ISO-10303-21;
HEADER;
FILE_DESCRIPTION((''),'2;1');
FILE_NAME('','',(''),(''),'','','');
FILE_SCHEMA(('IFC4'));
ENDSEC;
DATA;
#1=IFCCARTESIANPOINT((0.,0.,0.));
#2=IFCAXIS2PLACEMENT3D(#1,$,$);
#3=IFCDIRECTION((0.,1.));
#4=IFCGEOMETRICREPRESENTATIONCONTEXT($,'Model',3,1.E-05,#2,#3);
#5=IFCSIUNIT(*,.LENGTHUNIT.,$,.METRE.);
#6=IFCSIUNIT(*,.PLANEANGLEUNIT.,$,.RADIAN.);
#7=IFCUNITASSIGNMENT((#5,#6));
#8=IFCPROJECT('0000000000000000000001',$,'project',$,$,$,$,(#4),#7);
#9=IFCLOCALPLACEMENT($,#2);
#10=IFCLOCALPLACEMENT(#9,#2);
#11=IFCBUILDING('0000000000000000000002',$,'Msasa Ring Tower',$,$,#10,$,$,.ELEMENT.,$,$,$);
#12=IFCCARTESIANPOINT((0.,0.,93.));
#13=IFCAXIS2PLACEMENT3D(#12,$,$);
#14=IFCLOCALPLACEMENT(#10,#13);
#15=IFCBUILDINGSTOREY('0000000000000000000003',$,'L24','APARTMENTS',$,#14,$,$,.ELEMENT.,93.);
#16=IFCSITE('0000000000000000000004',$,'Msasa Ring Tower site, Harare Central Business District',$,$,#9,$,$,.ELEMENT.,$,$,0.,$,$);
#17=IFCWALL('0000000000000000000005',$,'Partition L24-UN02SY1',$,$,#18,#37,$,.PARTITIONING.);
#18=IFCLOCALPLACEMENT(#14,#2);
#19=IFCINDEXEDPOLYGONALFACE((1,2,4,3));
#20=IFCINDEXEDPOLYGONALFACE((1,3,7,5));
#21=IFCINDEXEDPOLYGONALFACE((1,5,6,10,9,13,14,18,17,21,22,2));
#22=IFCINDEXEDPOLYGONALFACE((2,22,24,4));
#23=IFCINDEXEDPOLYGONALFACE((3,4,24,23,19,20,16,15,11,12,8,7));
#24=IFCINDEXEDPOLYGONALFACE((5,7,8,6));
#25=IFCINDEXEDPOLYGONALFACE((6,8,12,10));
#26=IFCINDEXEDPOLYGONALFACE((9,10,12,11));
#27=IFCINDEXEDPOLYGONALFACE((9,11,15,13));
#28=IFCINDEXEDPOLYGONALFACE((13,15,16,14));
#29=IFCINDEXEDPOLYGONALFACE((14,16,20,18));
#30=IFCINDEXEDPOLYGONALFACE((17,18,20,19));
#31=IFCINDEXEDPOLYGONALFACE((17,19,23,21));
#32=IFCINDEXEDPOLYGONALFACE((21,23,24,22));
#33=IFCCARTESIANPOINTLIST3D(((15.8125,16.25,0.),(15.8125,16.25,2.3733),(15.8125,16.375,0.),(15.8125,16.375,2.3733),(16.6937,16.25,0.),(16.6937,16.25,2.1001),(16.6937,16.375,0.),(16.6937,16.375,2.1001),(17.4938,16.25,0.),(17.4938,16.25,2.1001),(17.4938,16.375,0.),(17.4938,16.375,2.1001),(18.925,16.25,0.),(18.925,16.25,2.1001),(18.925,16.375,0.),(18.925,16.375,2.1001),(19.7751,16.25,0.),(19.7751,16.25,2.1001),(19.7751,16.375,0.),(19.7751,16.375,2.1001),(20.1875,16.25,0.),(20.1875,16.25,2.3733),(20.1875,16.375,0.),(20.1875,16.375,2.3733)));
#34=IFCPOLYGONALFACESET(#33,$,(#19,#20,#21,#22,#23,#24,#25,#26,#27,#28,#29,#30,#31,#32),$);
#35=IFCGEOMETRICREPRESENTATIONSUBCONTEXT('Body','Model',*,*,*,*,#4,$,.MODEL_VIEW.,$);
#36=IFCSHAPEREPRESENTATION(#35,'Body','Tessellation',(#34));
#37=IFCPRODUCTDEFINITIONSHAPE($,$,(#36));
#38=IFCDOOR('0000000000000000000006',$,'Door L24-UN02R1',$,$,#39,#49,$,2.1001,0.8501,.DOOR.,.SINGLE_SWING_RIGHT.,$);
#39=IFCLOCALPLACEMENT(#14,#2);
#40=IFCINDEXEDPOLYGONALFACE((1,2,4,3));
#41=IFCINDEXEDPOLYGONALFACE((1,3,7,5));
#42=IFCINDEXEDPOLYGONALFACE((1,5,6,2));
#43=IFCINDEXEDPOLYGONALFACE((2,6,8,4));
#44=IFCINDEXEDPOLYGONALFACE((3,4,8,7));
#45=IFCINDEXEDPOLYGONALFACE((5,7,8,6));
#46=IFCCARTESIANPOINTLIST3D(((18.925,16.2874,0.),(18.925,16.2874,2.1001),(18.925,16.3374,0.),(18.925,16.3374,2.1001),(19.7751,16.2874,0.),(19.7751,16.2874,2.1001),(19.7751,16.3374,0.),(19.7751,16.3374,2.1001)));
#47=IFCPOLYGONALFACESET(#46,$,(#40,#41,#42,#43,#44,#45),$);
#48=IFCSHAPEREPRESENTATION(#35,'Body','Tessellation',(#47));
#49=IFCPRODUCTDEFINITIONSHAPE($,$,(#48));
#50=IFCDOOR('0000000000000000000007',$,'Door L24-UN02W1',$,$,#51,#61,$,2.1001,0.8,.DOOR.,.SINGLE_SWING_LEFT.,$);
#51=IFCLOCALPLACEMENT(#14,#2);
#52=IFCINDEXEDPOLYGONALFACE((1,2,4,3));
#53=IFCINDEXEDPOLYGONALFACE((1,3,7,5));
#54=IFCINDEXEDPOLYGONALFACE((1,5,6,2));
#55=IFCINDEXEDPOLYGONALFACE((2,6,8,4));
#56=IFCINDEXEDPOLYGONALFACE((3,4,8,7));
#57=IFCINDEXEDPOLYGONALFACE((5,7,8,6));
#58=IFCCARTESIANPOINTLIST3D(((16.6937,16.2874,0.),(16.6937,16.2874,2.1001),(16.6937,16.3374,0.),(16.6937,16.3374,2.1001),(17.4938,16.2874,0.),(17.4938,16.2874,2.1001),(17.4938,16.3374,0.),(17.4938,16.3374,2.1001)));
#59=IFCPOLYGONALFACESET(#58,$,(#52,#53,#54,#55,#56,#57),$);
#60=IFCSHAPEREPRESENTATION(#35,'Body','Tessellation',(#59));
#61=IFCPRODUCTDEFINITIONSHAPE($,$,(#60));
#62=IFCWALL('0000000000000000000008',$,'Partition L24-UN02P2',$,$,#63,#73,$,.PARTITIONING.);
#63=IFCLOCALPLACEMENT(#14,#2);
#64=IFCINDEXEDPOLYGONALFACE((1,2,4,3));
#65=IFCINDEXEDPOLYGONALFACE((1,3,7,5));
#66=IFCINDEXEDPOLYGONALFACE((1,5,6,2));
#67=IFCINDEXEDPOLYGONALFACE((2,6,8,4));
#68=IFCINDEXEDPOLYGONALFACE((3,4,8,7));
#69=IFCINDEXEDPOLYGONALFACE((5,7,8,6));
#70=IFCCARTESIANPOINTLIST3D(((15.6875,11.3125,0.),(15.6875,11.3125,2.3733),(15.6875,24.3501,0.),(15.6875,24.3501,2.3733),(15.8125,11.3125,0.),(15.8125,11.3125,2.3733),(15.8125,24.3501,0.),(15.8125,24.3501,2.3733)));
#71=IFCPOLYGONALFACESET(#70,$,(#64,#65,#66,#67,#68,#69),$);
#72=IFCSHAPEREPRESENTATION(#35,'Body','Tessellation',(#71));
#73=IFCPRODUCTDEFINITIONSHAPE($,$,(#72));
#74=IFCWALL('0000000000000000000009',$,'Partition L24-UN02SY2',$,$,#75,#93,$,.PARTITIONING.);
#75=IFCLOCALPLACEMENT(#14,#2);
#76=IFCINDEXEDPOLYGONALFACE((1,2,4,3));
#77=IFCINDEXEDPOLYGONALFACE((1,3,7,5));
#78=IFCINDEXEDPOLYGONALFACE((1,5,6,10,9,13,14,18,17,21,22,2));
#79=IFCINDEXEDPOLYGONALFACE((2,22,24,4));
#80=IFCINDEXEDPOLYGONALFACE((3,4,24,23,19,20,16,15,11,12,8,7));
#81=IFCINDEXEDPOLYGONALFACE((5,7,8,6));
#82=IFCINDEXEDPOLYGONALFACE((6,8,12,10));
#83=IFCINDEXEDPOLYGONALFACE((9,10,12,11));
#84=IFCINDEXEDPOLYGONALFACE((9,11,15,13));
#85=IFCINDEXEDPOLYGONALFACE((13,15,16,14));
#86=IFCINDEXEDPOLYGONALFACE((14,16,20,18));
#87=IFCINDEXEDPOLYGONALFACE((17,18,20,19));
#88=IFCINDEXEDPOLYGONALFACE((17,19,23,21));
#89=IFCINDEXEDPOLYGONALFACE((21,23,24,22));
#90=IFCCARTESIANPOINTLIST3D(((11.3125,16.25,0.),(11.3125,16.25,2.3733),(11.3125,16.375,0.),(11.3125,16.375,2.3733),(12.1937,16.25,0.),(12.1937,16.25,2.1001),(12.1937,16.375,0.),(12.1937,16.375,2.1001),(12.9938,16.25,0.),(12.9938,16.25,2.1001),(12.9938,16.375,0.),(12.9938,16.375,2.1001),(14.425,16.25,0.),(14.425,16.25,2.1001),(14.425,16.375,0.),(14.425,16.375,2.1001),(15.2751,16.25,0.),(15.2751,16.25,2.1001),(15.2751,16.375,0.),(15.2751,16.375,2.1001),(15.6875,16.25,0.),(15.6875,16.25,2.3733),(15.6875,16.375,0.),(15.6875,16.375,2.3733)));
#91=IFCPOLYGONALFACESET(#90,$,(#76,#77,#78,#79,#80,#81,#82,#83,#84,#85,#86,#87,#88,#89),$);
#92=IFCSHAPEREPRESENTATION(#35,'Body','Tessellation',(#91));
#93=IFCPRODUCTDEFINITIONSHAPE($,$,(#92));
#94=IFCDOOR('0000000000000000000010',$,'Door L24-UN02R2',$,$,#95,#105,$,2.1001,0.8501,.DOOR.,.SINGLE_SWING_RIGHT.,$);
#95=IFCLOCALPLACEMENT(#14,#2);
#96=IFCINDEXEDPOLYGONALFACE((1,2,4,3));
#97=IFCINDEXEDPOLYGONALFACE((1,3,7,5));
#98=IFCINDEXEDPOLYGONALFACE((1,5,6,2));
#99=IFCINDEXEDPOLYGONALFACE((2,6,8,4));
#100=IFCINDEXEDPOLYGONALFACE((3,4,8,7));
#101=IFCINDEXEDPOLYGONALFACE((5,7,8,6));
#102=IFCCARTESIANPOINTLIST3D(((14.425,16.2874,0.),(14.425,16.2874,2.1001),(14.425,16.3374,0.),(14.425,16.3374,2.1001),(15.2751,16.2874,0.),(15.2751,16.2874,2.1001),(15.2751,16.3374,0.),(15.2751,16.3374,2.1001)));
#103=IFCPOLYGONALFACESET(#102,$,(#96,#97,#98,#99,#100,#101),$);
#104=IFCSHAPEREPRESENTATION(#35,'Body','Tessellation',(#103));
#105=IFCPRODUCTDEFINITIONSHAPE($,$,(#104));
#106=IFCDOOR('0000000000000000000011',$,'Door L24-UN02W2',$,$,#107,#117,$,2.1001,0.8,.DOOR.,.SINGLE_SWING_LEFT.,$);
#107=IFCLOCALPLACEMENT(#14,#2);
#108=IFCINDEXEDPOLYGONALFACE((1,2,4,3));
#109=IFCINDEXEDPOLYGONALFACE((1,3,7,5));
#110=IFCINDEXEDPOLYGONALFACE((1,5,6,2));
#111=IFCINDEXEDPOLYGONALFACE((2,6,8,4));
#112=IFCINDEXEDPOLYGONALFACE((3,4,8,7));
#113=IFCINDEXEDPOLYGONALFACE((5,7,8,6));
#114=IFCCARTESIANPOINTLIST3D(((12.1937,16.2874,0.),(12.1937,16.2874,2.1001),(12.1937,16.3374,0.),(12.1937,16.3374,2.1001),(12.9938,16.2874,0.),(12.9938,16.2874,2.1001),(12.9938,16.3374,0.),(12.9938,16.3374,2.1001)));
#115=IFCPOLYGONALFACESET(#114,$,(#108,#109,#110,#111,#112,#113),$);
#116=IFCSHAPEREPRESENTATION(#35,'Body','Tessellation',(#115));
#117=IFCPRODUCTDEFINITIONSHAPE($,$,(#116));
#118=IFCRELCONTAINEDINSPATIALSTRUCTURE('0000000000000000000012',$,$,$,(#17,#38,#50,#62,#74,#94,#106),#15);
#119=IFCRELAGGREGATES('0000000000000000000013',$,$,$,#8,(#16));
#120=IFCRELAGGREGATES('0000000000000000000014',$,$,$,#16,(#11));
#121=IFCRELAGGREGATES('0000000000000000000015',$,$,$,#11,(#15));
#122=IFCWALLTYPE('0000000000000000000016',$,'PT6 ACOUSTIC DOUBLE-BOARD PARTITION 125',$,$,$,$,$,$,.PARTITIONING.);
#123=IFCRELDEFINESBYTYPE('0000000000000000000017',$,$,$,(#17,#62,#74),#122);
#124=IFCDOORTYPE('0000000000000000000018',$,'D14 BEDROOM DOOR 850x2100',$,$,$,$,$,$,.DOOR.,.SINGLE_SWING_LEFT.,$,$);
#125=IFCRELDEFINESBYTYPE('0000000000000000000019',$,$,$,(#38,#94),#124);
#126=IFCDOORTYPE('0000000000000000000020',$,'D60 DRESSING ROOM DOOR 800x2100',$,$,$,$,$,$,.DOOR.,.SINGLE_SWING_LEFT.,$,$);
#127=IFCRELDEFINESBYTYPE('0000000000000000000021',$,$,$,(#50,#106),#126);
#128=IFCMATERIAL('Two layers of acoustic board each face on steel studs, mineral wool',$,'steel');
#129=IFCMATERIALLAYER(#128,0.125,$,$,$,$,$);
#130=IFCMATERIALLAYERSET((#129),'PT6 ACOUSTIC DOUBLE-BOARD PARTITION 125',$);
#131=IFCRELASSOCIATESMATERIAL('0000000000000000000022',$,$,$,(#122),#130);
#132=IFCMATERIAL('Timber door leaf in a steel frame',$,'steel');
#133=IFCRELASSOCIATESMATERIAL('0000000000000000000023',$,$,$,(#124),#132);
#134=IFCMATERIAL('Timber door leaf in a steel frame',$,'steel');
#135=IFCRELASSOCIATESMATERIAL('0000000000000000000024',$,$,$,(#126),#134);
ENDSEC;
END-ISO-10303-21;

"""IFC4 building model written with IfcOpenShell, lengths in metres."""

from ifc_helpers import new_model, si_unit, direction, frame, frame_2d, origin, place, context, subcontext, project, spatial, rectangle, extrude, material, layer, layer_set, type_object, element, fill, save


model = new_model("IFC4")

# Units and contexts
model_context = context("Model", 3, precision=1e-05, world=origin(), true_north=direction((0.0, 1.0)))
body_context = subcontext(model_context, "Body", "Model", "MODEL_VIEW")
ifc_project = project(units=[si_unit("LENGTHUNIT", "METRE"), si_unit("PLANEANGLEUNIT", "RADIAN")], contexts=[model_context])

# Site, building, storey
site_placement = place(None, origin())
site = spatial("IfcSite", under=ifc_project, at=site_placement, Name="Msasa Ring Tower site, Harare Central Business District", CompositionType="ELEMENT", RefElevation=0.0)
building_placement = place(site_placement, origin())
building = spatial("IfcBuilding", under=site, at=building_placement, Name="Msasa Ring Tower", CompositionType="ELEMENT")
storey_placement = place(building_placement, frame((0.0, 0.0, 93.0)))
storey = spatial("IfcBuildingStorey", under=building, at=storey_placement, Name="L24", Description="APARTMENTS", CompositionType="ELEMENT", Elevation=93.0)

# Shared definitions
ifc_material_1 = material(Name="Two layers of acoustic board each face on steel studs, mineral wool", Category="steel")
ifc_layer_1 = layer(ifc_material_1, 0.125)
ifc_layer_set_1 = layer_set([ifc_layer_1], Name="PT6 ACOUSTIC DOUBLE-BOARD PARTITION 125")
wall_type_1 = type_object("IfcWallType", Name="PT6 ACOUSTIC DOUBLE-BOARD PARTITION 125", PredefinedType="PARTITIONING", material=ifc_layer_set_1)

# Wall, openings, doors
wall_1_placement = place(storey_placement, frame((15.8125, 16.3125, 0.0), z_axis=(0.0, 0.0, 1.0), x_axis=(1.0, 0.0, 0.0)))
wall_1 = element("IfcWall", 1, at=wall_1_placement, inside=storey, type_object=wall_type_1, Name="Partition L24-UN02SY1", PredefinedType="PARTITIONING", context=body_context, shape_type="SweptSolid", body=[
    extrude(rectangle(XDim=4.375, YDim=0.125, at=frame_2d((2.1875, 0.0))), origin(), (0.0, 0.0, 1.0), 2.3733),
])
opening_1_placement = place(wall_1_placement, frame((3.1125, 0.0, 0.0)))
opening_1 = element("IfcOpeningElement", 2, at=opening_1_placement, cuts=wall_1, PredefinedType="OPENING", context=body_context, shape_type="SweptSolid", body=[
    extrude(rectangle(XDim=0.8501, YDim=2.1001, at=frame_2d((0.425, 1.05))), frame((0.0, 0.0725, 0.0), z_axis=(0.0, -1.0, 0.0), x_axis=(1.0, 0.0, 0.0)), (0.0, 0.0, 1.0), 0.145),
])
opening_2_placement = place(wall_1_placement, frame((0.8813, 0.0, 0.0)))
opening_2 = element("IfcOpeningElement", 3, at=opening_2_placement, cuts=wall_1, PredefinedType="OPENING", context=body_context, shape_type="SweptSolid", body=[
    extrude(rectangle(XDim=0.8, YDim=2.1001, at=frame_2d((0.3999, 1.05))), frame((0.0, 0.0725, 0.0), z_axis=(0.0, -1.0, 0.0), x_axis=(1.0, 0.0, 0.0)), (0.0, 0.0, 1.0), 0.145),
])
ifc_material_2 = material(Name="Timber door leaf in a steel frame", Category="steel")
door_type_1 = type_object("IfcDoorType", Name="D14 BEDROOM DOOR 850x2100", OperationType="SINGLE_SWING_LEFT", PredefinedType="DOOR", material=ifc_material_2)
door_1_placement = place(opening_1_placement, origin())
door_1 = element("IfcDoor", 4, at=door_1_placement, inside=storey, type_object=door_type_1, Name="Door L24-UN02R1", OperationType="SINGLE_SWING_RIGHT", OverallHeight=2.1001, OverallWidth=0.8501, PredefinedType="DOOR", context=body_context, shape_type="SweptSolid", body=[
    extrude(rectangle(XDim=0.8501, YDim=2.1001, at=frame_2d((0.425, 1.05))), frame((0.0, 0.0249, 0.0), z_axis=(0.0, -1.0, 0.0), x_axis=(1.0, 0.0, 0.0)), (0.0, 0.0, 1.0), 0.05),
])
fill(opening_1, door_1)
ifc_material_3 = material(Name="Timber door leaf in a steel frame", Category="steel")
door_type_2 = type_object("IfcDoorType", Name="D60 DRESSING ROOM DOOR 800x2100", OperationType="SINGLE_SWING_LEFT", PredefinedType="DOOR", material=ifc_material_3)
door_2_placement = place(opening_2_placement, origin())
door_2 = element("IfcDoor", 5, at=door_2_placement, inside=storey, type_object=door_type_2, Name="Door L24-UN02W1", OperationType="SINGLE_SWING_LEFT", OverallHeight=2.1001, OverallWidth=0.8, PredefinedType="DOOR", context=body_context, shape_type="SweptSolid", body=[
    extrude(rectangle(XDim=0.8, YDim=2.1001, at=frame_2d((0.3999, 1.05))), frame((0.0, 0.0249, 0.0), z_axis=(0.0, -1.0, 0.0), x_axis=(1.0, 0.0, 0.0)), (0.0, 0.0, 1.0), 0.05),
])
fill(opening_2, door_2)

# Wall
wall_2_placement = place(storey_placement, frame((15.75, 11.3125, 0.0), z_axis=(0.0, 0.0, 1.0), x_axis=(0.0, 1.0, 0.0)))
element("IfcWall", 6, at=wall_2_placement, inside=storey, type_object=wall_type_1, Name="Partition L24-UN02P2", PredefinedType="PARTITIONING", context=body_context, shape_type="SweptSolid", body=[
    extrude(rectangle(XDim=13.0376, YDim=0.125, at=frame_2d((6.5188, 0.0))), origin(), (0.0, 0.0, 1.0), 2.3733),
])

# Wall, openings, doors
wall_3_placement = place(storey_placement, frame((11.3125, 16.3125, 0.0), z_axis=(0.0, 0.0, 1.0), x_axis=(1.0, 0.0, 0.0)))
wall_3 = element("IfcWall", 7, at=wall_3_placement, inside=storey, type_object=wall_type_1, Name="Partition L24-UN02SY2", PredefinedType="PARTITIONING", context=body_context, shape_type="SweptSolid", body=[
    extrude(rectangle(XDim=4.375, YDim=0.125, at=frame_2d((2.1875, 0.0))), origin(), (0.0, 0.0, 1.0), 2.3733),
])
opening_3_placement = place(wall_3_placement, frame((3.1125, 0.0, 0.0)))
opening_3 = element("IfcOpeningElement", 8, at=opening_3_placement, cuts=wall_3, PredefinedType="OPENING", context=body_context, shape_type="SweptSolid", body=[
    extrude(rectangle(XDim=0.8501, YDim=2.1001, at=frame_2d((0.425, 1.05))), frame((0.0, 0.0725, 0.0), z_axis=(0.0, -1.0, 0.0), x_axis=(1.0, 0.0, 0.0)), (0.0, 0.0, 1.0), 0.145),
])
opening_4_placement = place(wall_3_placement, frame((0.8813, 0.0, 0.0)))
opening_4 = element("IfcOpeningElement", 9, at=opening_4_placement, cuts=wall_3, PredefinedType="OPENING", context=body_context, shape_type="SweptSolid", body=[
    extrude(rectangle(XDim=0.8, YDim=2.1001, at=frame_2d((0.3999, 1.05))), frame((0.0, 0.0725, 0.0), z_axis=(0.0, -1.0, 0.0), x_axis=(1.0, 0.0, 0.0)), (0.0, 0.0, 1.0), 0.145),
])
door_3_placement = place(opening_3_placement, origin())
door_3 = element("IfcDoor", 10, at=door_3_placement, inside=storey, type_object=door_type_1, Name="Door L24-UN02R2", OperationType="SINGLE_SWING_RIGHT", OverallHeight=2.1001, OverallWidth=0.8501, PredefinedType="DOOR", context=body_context, shape_type="SweptSolid", body=[
    extrude(rectangle(XDim=0.8501, YDim=2.1001, at=frame_2d((0.425, 1.05))), frame((0.0, 0.0249, 0.0), z_axis=(0.0, -1.0, 0.0), x_axis=(1.0, 0.0, 0.0)), (0.0, 0.0, 1.0), 0.05),
])
fill(opening_3, door_3)
door_4_placement = place(opening_4_placement, origin())
door_4 = element("IfcDoor", 11, at=door_4_placement, inside=storey, type_object=door_type_2, Name="Door L24-UN02W2", OperationType="SINGLE_SWING_LEFT", OverallHeight=2.1001, OverallWidth=0.8, PredefinedType="DOOR", context=body_context, shape_type="SweptSolid", body=[
    extrude(rectangle(XDim=0.8, YDim=2.1001, at=frame_2d((0.3999, 1.05))), frame((0.0, 0.0249, 0.0), z_axis=(0.0, -1.0, 0.0), x_axis=(1.0, 0.0, 0.0)), (0.0, 0.0, 1.0), 0.05),
])
fill(opening_4, door_4)

save(model, "model.ifc")
